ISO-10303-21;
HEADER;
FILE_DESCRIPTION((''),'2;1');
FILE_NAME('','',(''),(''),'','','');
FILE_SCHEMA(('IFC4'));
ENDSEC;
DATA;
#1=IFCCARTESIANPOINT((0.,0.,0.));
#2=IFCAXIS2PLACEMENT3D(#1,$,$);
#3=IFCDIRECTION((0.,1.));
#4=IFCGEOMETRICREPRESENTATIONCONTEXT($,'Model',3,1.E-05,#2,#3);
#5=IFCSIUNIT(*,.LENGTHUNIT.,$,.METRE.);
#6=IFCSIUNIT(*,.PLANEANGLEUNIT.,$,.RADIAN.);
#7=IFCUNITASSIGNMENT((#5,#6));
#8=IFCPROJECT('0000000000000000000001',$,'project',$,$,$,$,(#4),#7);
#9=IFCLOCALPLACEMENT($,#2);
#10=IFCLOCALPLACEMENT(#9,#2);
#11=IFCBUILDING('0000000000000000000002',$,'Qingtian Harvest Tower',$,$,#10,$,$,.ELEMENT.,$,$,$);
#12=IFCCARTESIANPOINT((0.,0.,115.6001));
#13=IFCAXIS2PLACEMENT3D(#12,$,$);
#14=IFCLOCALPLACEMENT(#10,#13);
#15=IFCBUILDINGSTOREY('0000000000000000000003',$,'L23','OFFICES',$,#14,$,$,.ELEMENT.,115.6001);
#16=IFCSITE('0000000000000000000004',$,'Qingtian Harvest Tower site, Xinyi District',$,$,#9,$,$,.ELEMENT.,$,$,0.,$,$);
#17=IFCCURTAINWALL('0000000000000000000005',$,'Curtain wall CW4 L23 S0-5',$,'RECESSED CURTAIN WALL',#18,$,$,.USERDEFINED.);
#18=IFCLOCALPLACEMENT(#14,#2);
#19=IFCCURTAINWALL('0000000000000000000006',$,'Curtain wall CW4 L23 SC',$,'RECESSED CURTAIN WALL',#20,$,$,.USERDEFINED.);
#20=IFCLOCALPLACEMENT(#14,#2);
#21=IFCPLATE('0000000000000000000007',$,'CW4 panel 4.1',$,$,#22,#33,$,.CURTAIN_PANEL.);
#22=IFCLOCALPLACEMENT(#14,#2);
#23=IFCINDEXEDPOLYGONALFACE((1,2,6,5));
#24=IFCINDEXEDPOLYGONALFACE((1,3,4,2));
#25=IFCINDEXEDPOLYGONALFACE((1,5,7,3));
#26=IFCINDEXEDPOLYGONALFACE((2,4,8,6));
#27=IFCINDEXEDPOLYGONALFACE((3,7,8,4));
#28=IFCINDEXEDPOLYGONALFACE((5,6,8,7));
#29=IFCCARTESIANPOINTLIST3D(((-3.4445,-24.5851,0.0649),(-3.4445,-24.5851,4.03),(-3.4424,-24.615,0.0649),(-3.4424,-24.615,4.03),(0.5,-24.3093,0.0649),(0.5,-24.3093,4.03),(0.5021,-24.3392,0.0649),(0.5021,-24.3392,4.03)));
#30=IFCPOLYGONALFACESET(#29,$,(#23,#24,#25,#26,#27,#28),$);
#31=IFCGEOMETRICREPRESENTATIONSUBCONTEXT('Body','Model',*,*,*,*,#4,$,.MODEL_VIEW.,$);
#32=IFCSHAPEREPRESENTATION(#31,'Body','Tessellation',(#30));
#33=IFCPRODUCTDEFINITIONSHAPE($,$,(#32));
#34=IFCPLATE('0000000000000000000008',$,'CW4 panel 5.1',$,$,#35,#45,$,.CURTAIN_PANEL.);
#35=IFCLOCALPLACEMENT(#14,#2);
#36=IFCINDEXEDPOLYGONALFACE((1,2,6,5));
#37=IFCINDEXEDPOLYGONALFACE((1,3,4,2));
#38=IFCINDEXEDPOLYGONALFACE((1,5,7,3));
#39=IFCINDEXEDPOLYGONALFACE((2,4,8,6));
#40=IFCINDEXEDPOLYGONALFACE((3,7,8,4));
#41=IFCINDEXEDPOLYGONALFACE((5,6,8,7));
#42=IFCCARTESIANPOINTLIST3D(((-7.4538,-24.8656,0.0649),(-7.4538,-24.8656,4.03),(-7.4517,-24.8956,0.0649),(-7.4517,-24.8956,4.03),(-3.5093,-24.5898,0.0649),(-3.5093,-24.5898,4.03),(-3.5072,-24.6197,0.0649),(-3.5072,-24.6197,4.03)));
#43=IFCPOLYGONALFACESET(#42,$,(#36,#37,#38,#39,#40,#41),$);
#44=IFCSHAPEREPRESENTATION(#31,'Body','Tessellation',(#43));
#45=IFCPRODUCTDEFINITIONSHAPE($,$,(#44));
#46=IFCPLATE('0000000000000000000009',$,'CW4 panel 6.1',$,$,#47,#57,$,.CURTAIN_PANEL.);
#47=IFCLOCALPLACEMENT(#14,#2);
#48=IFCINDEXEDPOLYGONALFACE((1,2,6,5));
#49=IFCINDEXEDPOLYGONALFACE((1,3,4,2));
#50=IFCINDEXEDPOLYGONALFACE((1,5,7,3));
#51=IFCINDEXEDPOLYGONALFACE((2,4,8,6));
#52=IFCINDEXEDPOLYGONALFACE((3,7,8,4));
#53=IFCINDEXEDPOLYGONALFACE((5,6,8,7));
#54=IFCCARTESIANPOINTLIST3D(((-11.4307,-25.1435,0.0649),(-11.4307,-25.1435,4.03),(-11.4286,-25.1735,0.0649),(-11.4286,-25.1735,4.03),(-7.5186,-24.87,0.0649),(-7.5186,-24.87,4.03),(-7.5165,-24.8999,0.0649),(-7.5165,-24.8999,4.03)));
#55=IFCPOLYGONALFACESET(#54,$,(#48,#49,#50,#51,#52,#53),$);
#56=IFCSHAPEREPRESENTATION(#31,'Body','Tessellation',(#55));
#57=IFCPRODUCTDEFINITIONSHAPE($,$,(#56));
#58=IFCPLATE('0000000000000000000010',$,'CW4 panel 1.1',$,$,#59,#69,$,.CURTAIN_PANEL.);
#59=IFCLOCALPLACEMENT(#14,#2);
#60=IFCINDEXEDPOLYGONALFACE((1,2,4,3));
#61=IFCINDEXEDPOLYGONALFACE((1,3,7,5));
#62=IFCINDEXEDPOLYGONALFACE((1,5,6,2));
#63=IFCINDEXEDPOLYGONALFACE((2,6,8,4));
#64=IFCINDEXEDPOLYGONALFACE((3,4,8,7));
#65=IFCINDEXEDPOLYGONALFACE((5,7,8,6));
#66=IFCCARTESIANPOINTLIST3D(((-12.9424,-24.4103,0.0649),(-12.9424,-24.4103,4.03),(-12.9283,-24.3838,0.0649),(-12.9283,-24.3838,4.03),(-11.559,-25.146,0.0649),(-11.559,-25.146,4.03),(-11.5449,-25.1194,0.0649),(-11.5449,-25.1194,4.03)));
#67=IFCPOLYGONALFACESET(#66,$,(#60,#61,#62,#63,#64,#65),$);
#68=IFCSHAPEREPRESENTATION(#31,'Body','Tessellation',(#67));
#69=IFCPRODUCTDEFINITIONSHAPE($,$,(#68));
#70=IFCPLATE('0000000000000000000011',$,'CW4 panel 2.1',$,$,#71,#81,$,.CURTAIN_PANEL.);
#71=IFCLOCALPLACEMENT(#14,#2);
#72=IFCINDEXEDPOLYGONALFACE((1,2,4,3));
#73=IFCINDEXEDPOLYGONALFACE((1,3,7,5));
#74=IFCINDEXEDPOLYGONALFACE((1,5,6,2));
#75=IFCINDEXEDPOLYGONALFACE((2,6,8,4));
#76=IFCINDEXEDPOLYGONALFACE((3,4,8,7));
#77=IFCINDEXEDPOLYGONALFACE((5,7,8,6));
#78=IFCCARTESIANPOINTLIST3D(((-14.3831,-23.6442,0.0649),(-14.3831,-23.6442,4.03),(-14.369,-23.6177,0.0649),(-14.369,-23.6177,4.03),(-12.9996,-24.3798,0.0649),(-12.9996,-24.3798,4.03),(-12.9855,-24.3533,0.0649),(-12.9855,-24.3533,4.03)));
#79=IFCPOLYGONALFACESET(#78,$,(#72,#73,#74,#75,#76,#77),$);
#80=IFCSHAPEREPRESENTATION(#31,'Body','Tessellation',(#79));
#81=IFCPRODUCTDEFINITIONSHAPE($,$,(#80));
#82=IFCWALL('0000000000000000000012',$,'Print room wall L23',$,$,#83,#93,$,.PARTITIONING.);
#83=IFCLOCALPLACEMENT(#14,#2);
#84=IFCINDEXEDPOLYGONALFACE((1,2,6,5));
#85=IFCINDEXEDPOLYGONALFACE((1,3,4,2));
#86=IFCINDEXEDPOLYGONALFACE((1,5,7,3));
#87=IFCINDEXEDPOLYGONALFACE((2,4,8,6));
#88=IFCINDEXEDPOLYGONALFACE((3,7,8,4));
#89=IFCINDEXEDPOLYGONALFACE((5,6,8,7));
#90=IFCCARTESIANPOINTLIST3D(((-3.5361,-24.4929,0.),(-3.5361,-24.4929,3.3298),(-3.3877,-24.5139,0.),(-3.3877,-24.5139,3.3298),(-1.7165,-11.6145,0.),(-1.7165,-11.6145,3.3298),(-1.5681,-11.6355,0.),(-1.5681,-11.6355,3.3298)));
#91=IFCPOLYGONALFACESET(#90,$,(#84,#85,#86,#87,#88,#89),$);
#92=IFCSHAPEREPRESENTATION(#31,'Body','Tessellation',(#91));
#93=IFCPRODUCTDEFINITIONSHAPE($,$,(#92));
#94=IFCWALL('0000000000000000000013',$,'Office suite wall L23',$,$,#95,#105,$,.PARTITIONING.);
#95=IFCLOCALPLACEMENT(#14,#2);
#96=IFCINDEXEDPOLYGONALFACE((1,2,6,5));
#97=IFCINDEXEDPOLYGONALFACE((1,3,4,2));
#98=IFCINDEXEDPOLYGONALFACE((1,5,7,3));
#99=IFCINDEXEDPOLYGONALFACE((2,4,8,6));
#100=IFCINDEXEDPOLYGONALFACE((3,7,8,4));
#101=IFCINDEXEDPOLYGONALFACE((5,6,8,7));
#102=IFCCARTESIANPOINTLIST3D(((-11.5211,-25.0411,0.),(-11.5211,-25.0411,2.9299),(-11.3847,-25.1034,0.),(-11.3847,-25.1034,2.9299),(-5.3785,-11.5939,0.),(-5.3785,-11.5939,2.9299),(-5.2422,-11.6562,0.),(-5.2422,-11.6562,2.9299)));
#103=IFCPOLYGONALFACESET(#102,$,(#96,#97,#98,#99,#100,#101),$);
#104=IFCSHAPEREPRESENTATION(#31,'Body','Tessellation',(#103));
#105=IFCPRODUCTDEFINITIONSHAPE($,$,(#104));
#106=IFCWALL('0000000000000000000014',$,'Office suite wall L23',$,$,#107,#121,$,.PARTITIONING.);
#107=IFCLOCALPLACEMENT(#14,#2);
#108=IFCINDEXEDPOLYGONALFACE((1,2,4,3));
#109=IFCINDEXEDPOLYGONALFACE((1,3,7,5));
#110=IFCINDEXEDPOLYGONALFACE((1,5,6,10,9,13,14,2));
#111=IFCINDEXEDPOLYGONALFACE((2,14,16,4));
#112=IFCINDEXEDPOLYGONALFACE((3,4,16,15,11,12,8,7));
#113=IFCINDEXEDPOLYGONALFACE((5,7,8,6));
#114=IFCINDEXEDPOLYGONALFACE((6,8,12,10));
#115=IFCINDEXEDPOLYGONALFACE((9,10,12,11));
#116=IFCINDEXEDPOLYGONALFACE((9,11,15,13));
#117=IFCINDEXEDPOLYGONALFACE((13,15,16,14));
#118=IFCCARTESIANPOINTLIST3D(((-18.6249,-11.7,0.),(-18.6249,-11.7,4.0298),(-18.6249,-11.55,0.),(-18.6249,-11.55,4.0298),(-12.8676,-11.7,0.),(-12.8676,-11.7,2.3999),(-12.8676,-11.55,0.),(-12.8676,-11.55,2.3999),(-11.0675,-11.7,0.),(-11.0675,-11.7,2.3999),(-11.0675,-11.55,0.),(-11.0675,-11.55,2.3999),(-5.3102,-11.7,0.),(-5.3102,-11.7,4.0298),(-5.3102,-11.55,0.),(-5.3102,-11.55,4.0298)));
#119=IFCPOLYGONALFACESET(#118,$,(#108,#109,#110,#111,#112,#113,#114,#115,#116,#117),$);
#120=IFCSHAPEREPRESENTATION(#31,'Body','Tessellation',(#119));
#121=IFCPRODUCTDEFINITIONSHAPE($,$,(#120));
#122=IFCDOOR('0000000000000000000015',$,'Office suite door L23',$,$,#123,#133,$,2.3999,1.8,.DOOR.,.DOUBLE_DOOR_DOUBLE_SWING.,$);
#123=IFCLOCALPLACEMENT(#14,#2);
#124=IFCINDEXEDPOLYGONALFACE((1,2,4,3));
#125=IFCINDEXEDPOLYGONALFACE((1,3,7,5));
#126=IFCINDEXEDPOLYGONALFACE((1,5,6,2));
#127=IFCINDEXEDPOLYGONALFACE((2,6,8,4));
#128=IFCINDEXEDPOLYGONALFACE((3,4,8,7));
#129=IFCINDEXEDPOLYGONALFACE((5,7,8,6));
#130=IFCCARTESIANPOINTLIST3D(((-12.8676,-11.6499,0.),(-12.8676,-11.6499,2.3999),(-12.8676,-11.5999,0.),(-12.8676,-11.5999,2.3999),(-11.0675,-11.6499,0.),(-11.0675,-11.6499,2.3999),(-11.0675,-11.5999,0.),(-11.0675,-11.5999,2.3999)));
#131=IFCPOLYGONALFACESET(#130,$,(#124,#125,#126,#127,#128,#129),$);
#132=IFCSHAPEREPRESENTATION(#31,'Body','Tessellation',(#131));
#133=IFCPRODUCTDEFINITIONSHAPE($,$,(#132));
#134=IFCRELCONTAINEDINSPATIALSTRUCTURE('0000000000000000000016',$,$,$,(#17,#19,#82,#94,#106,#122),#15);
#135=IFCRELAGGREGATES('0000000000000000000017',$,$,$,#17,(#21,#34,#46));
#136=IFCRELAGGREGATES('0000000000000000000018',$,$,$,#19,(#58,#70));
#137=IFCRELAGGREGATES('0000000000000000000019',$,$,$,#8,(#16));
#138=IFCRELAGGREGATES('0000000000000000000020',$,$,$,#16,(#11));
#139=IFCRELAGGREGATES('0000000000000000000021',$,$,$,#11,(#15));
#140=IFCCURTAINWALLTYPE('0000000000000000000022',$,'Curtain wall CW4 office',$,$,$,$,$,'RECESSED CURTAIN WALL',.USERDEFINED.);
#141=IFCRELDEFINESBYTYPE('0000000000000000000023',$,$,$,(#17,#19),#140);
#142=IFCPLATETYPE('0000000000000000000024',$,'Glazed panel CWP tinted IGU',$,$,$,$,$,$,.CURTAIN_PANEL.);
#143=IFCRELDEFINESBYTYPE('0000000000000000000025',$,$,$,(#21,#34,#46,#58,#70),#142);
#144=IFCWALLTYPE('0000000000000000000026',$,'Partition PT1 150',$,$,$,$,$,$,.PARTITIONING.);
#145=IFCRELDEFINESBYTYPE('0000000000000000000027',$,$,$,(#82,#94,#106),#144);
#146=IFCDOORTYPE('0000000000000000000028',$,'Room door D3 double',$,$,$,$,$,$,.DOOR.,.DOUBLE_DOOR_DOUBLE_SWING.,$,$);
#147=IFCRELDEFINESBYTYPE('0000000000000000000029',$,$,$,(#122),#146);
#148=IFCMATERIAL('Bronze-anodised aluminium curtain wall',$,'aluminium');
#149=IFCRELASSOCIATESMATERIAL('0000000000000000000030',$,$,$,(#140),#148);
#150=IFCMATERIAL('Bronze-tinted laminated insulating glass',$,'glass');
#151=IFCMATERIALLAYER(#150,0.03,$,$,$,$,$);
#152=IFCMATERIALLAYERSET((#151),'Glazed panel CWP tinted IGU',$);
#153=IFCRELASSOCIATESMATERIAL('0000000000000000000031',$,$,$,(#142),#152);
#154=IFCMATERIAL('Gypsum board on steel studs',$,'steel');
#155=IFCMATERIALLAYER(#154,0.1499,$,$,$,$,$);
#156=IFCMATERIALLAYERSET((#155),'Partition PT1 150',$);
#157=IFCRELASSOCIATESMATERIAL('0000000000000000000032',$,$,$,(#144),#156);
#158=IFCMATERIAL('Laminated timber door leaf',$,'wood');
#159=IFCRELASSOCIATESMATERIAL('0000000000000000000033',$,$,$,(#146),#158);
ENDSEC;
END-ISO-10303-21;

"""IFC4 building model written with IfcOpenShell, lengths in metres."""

from ifc_helpers import new_model, si_unit, direction, frame, frame_2d, origin, origin_2d, place, context, subcontext, project, spatial, rectangle, extrude, material, layer, layer_set, type_object, element, fill, aggregate, save


model = new_model("IFC4")

# Units and contexts
model_context = context("Model", 3, precision=1e-05, world=origin(), true_north=direction((0.0, 1.0)))
body_context = subcontext(model_context, "Body", "Model", "MODEL_VIEW")
ifc_project = project(units=[si_unit("LENGTHUNIT", "METRE"), si_unit("PLANEANGLEUNIT", "RADIAN")], contexts=[model_context])

# Site, building, storey
site_placement = place(None, origin())
site = spatial("IfcSite", under=ifc_project, at=site_placement, Name="Qingtian Harvest Tower site, Xinyi District", CompositionType="ELEMENT", RefElevation=0.0)
building_placement = place(site_placement, origin())
building = spatial("IfcBuilding", under=site, at=building_placement, Name="Qingtian Harvest Tower", CompositionType="ELEMENT")
storey_placement = place(building_placement, frame((0.0, 0.0, 115.6001)))
storey = spatial("IfcBuildingStorey", under=building, at=storey_placement, Name="L23", Description="OFFICES", CompositionType="ELEMENT", Elevation=115.6001)

# Curtain walls
ifc_material_1 = material(Name="Bronze-anodised aluminium curtain wall", Category="aluminium")
curtain_wall_type = type_object("IfcCurtainWallType", Name="Curtain wall CW4 office", ElementType="RECESSED CURTAIN WALL", PredefinedType="USERDEFINED", material=ifc_material_1)
curtain_wall_1_placement = place(storey_placement, origin())
curtain_wall_1 = element("IfcCurtainWall", 1, at=curtain_wall_1_placement, inside=storey, type_object=curtain_wall_type, Name="Curtain wall CW4 L23 S0-5", ObjectType="RECESSED CURTAIN WALL", PredefinedType="USERDEFINED")
curtain_wall_2_placement = place(storey_placement, origin())
curtain_wall_2 = element("IfcCurtainWall", 2, at=curtain_wall_2_placement, inside=storey, type_object=curtain_wall_type, Name="Curtain wall CW4 L23 SC", ObjectType="RECESSED CURTAIN WALL", PredefinedType="USERDEFINED")

# Plates
ifc_material_2 = material(Name="Bronze-tinted laminated insulating glass", Category="glass")
ifc_layer_1 = layer(ifc_material_2, 0.03)
ifc_layer_set_1 = layer_set([ifc_layer_1], Name="Glazed panel CWP tinted IGU")
plate_type = type_object("IfcPlateType", Name="Glazed panel CWP tinted IGU", PredefinedType="CURTAIN_PANEL", material=ifc_layer_set_1)
plate_1_placement = place(storey_placement, frame((-1.4712, -24.4622, 0.0649), z_axis=(0.0, 0.0, 1.0), x_axis=(-0.997564, -0.069756, 0.0)))
plate_1 = element("IfcPlate", 3, at=plate_1_placement, type_object=plate_type, Name="CW4 panel 4.1", PredefinedType="CURTAIN_PANEL", context=body_context, shape_type="SweptSolid", body=[
    extrude(rectangle(XDim=3.9541, YDim=0.03, at=origin_2d()), origin(), (0.0, 0.0, 1.0), 3.9651),
])
plate_2_placement = place(storey_placement, frame((-5.4805, -24.7427, 0.0649), z_axis=(0.0, 0.0, 1.0), x_axis=(-0.997564, -0.069756, 0.0)))
plate_2 = element("IfcPlate", 4, at=plate_2_placement, type_object=plate_type, Name="CW4 panel 5.1", PredefinedType="CURTAIN_PANEL", context=body_context, shape_type="SweptSolid", body=[
    extrude(rectangle(XDim=3.9541, YDim=0.03, at=origin_2d()), origin(), (0.0, 0.0, 1.0), 3.9651),
])
plate_3_placement = place(storey_placement, frame((-9.4736, -25.0217, 0.0649), z_axis=(0.0, 0.0, 1.0), x_axis=(-0.997564, -0.069756, 0.0)))
plate_3 = element("IfcPlate", 5, at=plate_3_placement, type_object=plate_type, Name="CW4 panel 6.1", PredefinedType="CURTAIN_PANEL", context=body_context, shape_type="SweptSolid", body=[
    extrude(rectangle(XDim=3.9216, YDim=0.03, at=origin_2d()), origin(), (0.0, 0.0, 1.0), 3.9651),
])
aggregate(curtain_wall_1, [plate_1, plate_2, plate_3])
plate_4_placement = place(storey_placement, frame((-12.2437, -24.7649, 0.0649), z_axis=(0.0, 0.0, 1.0), x_axis=(-0.882948, 0.469472, 0.0)))
plate_4 = element("IfcPlate", 6, at=plate_4_placement, type_object=plate_type, Name="CW4 panel 1.1", PredefinedType="CURTAIN_PANEL", context=body_context, shape_type="SweptSolid", body=[
    extrude(rectangle(XDim=1.5669, YDim=0.03, at=origin_2d()), origin(), (0.0, 0.0, 1.0), 3.9651),
])
plate_5_placement = place(storey_placement, frame((-13.6843, -23.9988, 0.0649), z_axis=(0.0, 0.0, 1.0), x_axis=(-0.882948, 0.469472, 0.0)))
plate_5 = element("IfcPlate", 7, at=plate_5_placement, type_object=plate_type, Name="CW4 panel 2.1", PredefinedType="CURTAIN_PANEL", context=body_context, shape_type="SweptSolid", body=[
    extrude(rectangle(XDim=1.5669, YDim=0.03, at=origin_2d()), origin(), (0.0, 0.0, 1.0), 3.9651),
])
aggregate(curtain_wall_2, [plate_4, plate_5])

# Walls
ifc_material_3 = material(Name="Gypsum board on steel studs", Category="steel")
ifc_layer_2 = layer(ifc_material_3, 0.1499)
ifc_layer_set_2 = layer_set([ifc_layer_2], Name="Partition PT1 150")
wall_type = type_object("IfcWallType", Name="Partition PT1 150", PredefinedType="PARTITIONING", material=ifc_layer_set_2)
wall_1_placement = place(storey_placement, frame((-3.4619, -24.5034, 0.0), z_axis=(0.0, 0.0, 1.0), x_axis=(0.1399, 0.990166, 0.0)))
element("IfcWall", 8, at=wall_1_placement, inside=storey, type_object=wall_type, Name="Print room wall L23", PredefinedType="PARTITIONING", context=body_context, shape_type="SweptSolid", body=[
    extrude(rectangle(XDim=13.0063, YDim=0.1499, at=frame_2d((6.5032, 0.0))), origin(), (0.0, 0.0, 1.0), 3.3298),
])
wall_2_placement = place(storey_placement, frame((-11.4529, -25.0723, 0.0), z_axis=(0.0, 0.0, 1.0), x_axis=(0.415494, 0.909596, 0.0)))
element("IfcWall", 9, at=wall_2_placement, inside=storey, type_object=wall_type, Name="Office suite wall L23", PredefinedType="PARTITIONING", context=body_context, shape_type="SweptSolid", body=[
    extrude(rectangle(XDim=14.7837, YDim=0.1499, at=frame_2d((7.3918, 0.0))), origin(), (0.0, 0.0, 1.0), 2.9299),
])

# Wall, opening, door
wall_3_placement = place(storey_placement, frame((-5.3103, -11.625, 0.0), z_axis=(0.0, 0.0, 1.0), x_axis=(-1.0, 0.0, 0.0)))
wall_3 = element("IfcWall", 10, at=wall_3_placement, inside=storey, type_object=wall_type, Name="Office suite wall L23", PredefinedType="PARTITIONING", context=body_context, shape_type="SweptSolid", body=[
    extrude(rectangle(XDim=13.3147, YDim=0.1499, at=frame_2d((6.6572, 0.0))), origin(), (0.0, 0.0, 1.0), 4.0298),
])
opening_placement = place(wall_3_placement, frame((5.7573, 0.0, 0.0)))
opening = element("IfcOpeningElement", 11, at=opening_placement, cuts=wall_3, PredefinedType="OPENING", context=body_context, shape_type="SweptSolid", body=[
    extrude(rectangle(XDim=1.8, YDim=2.3999, at=frame_2d((0.8999, 1.2))), frame((0.0, 0.085, 0.0), z_axis=(0.0, -1.0, 0.0), x_axis=(1.0, 0.0, 0.0)), (0.0, 0.0, 1.0), 0.1699),
])
ifc_material_4 = material(Name="Laminated timber door leaf", Category="wood")
door_type = type_object("IfcDoorType", Name="Room door D3 double", OperationType="DOUBLE_DOOR_DOUBLE_SWING", PredefinedType="DOOR", material=ifc_material_4)
door_placement = place(opening_placement, origin())
door = element("IfcDoor", 12, at=door_placement, inside=storey, type_object=door_type, Name="Office suite door L23", OperationType="DOUBLE_DOOR_DOUBLE_SWING", OverallHeight=2.3999, OverallWidth=1.8, PredefinedType="DOOR", context=body_context, shape_type="SweptSolid", body=[
    extrude(rectangle(XDim=1.8, YDim=2.3999, at=frame_2d((0.8999, 1.2))), frame((0.0, 0.0249, 0.0), z_axis=(0.0, -1.0, 0.0), x_axis=(1.0, 0.0, 0.0)), (0.0, 0.0, 1.0), 0.05),
])
fill(opening, door)

save(model, "model.ifc")
